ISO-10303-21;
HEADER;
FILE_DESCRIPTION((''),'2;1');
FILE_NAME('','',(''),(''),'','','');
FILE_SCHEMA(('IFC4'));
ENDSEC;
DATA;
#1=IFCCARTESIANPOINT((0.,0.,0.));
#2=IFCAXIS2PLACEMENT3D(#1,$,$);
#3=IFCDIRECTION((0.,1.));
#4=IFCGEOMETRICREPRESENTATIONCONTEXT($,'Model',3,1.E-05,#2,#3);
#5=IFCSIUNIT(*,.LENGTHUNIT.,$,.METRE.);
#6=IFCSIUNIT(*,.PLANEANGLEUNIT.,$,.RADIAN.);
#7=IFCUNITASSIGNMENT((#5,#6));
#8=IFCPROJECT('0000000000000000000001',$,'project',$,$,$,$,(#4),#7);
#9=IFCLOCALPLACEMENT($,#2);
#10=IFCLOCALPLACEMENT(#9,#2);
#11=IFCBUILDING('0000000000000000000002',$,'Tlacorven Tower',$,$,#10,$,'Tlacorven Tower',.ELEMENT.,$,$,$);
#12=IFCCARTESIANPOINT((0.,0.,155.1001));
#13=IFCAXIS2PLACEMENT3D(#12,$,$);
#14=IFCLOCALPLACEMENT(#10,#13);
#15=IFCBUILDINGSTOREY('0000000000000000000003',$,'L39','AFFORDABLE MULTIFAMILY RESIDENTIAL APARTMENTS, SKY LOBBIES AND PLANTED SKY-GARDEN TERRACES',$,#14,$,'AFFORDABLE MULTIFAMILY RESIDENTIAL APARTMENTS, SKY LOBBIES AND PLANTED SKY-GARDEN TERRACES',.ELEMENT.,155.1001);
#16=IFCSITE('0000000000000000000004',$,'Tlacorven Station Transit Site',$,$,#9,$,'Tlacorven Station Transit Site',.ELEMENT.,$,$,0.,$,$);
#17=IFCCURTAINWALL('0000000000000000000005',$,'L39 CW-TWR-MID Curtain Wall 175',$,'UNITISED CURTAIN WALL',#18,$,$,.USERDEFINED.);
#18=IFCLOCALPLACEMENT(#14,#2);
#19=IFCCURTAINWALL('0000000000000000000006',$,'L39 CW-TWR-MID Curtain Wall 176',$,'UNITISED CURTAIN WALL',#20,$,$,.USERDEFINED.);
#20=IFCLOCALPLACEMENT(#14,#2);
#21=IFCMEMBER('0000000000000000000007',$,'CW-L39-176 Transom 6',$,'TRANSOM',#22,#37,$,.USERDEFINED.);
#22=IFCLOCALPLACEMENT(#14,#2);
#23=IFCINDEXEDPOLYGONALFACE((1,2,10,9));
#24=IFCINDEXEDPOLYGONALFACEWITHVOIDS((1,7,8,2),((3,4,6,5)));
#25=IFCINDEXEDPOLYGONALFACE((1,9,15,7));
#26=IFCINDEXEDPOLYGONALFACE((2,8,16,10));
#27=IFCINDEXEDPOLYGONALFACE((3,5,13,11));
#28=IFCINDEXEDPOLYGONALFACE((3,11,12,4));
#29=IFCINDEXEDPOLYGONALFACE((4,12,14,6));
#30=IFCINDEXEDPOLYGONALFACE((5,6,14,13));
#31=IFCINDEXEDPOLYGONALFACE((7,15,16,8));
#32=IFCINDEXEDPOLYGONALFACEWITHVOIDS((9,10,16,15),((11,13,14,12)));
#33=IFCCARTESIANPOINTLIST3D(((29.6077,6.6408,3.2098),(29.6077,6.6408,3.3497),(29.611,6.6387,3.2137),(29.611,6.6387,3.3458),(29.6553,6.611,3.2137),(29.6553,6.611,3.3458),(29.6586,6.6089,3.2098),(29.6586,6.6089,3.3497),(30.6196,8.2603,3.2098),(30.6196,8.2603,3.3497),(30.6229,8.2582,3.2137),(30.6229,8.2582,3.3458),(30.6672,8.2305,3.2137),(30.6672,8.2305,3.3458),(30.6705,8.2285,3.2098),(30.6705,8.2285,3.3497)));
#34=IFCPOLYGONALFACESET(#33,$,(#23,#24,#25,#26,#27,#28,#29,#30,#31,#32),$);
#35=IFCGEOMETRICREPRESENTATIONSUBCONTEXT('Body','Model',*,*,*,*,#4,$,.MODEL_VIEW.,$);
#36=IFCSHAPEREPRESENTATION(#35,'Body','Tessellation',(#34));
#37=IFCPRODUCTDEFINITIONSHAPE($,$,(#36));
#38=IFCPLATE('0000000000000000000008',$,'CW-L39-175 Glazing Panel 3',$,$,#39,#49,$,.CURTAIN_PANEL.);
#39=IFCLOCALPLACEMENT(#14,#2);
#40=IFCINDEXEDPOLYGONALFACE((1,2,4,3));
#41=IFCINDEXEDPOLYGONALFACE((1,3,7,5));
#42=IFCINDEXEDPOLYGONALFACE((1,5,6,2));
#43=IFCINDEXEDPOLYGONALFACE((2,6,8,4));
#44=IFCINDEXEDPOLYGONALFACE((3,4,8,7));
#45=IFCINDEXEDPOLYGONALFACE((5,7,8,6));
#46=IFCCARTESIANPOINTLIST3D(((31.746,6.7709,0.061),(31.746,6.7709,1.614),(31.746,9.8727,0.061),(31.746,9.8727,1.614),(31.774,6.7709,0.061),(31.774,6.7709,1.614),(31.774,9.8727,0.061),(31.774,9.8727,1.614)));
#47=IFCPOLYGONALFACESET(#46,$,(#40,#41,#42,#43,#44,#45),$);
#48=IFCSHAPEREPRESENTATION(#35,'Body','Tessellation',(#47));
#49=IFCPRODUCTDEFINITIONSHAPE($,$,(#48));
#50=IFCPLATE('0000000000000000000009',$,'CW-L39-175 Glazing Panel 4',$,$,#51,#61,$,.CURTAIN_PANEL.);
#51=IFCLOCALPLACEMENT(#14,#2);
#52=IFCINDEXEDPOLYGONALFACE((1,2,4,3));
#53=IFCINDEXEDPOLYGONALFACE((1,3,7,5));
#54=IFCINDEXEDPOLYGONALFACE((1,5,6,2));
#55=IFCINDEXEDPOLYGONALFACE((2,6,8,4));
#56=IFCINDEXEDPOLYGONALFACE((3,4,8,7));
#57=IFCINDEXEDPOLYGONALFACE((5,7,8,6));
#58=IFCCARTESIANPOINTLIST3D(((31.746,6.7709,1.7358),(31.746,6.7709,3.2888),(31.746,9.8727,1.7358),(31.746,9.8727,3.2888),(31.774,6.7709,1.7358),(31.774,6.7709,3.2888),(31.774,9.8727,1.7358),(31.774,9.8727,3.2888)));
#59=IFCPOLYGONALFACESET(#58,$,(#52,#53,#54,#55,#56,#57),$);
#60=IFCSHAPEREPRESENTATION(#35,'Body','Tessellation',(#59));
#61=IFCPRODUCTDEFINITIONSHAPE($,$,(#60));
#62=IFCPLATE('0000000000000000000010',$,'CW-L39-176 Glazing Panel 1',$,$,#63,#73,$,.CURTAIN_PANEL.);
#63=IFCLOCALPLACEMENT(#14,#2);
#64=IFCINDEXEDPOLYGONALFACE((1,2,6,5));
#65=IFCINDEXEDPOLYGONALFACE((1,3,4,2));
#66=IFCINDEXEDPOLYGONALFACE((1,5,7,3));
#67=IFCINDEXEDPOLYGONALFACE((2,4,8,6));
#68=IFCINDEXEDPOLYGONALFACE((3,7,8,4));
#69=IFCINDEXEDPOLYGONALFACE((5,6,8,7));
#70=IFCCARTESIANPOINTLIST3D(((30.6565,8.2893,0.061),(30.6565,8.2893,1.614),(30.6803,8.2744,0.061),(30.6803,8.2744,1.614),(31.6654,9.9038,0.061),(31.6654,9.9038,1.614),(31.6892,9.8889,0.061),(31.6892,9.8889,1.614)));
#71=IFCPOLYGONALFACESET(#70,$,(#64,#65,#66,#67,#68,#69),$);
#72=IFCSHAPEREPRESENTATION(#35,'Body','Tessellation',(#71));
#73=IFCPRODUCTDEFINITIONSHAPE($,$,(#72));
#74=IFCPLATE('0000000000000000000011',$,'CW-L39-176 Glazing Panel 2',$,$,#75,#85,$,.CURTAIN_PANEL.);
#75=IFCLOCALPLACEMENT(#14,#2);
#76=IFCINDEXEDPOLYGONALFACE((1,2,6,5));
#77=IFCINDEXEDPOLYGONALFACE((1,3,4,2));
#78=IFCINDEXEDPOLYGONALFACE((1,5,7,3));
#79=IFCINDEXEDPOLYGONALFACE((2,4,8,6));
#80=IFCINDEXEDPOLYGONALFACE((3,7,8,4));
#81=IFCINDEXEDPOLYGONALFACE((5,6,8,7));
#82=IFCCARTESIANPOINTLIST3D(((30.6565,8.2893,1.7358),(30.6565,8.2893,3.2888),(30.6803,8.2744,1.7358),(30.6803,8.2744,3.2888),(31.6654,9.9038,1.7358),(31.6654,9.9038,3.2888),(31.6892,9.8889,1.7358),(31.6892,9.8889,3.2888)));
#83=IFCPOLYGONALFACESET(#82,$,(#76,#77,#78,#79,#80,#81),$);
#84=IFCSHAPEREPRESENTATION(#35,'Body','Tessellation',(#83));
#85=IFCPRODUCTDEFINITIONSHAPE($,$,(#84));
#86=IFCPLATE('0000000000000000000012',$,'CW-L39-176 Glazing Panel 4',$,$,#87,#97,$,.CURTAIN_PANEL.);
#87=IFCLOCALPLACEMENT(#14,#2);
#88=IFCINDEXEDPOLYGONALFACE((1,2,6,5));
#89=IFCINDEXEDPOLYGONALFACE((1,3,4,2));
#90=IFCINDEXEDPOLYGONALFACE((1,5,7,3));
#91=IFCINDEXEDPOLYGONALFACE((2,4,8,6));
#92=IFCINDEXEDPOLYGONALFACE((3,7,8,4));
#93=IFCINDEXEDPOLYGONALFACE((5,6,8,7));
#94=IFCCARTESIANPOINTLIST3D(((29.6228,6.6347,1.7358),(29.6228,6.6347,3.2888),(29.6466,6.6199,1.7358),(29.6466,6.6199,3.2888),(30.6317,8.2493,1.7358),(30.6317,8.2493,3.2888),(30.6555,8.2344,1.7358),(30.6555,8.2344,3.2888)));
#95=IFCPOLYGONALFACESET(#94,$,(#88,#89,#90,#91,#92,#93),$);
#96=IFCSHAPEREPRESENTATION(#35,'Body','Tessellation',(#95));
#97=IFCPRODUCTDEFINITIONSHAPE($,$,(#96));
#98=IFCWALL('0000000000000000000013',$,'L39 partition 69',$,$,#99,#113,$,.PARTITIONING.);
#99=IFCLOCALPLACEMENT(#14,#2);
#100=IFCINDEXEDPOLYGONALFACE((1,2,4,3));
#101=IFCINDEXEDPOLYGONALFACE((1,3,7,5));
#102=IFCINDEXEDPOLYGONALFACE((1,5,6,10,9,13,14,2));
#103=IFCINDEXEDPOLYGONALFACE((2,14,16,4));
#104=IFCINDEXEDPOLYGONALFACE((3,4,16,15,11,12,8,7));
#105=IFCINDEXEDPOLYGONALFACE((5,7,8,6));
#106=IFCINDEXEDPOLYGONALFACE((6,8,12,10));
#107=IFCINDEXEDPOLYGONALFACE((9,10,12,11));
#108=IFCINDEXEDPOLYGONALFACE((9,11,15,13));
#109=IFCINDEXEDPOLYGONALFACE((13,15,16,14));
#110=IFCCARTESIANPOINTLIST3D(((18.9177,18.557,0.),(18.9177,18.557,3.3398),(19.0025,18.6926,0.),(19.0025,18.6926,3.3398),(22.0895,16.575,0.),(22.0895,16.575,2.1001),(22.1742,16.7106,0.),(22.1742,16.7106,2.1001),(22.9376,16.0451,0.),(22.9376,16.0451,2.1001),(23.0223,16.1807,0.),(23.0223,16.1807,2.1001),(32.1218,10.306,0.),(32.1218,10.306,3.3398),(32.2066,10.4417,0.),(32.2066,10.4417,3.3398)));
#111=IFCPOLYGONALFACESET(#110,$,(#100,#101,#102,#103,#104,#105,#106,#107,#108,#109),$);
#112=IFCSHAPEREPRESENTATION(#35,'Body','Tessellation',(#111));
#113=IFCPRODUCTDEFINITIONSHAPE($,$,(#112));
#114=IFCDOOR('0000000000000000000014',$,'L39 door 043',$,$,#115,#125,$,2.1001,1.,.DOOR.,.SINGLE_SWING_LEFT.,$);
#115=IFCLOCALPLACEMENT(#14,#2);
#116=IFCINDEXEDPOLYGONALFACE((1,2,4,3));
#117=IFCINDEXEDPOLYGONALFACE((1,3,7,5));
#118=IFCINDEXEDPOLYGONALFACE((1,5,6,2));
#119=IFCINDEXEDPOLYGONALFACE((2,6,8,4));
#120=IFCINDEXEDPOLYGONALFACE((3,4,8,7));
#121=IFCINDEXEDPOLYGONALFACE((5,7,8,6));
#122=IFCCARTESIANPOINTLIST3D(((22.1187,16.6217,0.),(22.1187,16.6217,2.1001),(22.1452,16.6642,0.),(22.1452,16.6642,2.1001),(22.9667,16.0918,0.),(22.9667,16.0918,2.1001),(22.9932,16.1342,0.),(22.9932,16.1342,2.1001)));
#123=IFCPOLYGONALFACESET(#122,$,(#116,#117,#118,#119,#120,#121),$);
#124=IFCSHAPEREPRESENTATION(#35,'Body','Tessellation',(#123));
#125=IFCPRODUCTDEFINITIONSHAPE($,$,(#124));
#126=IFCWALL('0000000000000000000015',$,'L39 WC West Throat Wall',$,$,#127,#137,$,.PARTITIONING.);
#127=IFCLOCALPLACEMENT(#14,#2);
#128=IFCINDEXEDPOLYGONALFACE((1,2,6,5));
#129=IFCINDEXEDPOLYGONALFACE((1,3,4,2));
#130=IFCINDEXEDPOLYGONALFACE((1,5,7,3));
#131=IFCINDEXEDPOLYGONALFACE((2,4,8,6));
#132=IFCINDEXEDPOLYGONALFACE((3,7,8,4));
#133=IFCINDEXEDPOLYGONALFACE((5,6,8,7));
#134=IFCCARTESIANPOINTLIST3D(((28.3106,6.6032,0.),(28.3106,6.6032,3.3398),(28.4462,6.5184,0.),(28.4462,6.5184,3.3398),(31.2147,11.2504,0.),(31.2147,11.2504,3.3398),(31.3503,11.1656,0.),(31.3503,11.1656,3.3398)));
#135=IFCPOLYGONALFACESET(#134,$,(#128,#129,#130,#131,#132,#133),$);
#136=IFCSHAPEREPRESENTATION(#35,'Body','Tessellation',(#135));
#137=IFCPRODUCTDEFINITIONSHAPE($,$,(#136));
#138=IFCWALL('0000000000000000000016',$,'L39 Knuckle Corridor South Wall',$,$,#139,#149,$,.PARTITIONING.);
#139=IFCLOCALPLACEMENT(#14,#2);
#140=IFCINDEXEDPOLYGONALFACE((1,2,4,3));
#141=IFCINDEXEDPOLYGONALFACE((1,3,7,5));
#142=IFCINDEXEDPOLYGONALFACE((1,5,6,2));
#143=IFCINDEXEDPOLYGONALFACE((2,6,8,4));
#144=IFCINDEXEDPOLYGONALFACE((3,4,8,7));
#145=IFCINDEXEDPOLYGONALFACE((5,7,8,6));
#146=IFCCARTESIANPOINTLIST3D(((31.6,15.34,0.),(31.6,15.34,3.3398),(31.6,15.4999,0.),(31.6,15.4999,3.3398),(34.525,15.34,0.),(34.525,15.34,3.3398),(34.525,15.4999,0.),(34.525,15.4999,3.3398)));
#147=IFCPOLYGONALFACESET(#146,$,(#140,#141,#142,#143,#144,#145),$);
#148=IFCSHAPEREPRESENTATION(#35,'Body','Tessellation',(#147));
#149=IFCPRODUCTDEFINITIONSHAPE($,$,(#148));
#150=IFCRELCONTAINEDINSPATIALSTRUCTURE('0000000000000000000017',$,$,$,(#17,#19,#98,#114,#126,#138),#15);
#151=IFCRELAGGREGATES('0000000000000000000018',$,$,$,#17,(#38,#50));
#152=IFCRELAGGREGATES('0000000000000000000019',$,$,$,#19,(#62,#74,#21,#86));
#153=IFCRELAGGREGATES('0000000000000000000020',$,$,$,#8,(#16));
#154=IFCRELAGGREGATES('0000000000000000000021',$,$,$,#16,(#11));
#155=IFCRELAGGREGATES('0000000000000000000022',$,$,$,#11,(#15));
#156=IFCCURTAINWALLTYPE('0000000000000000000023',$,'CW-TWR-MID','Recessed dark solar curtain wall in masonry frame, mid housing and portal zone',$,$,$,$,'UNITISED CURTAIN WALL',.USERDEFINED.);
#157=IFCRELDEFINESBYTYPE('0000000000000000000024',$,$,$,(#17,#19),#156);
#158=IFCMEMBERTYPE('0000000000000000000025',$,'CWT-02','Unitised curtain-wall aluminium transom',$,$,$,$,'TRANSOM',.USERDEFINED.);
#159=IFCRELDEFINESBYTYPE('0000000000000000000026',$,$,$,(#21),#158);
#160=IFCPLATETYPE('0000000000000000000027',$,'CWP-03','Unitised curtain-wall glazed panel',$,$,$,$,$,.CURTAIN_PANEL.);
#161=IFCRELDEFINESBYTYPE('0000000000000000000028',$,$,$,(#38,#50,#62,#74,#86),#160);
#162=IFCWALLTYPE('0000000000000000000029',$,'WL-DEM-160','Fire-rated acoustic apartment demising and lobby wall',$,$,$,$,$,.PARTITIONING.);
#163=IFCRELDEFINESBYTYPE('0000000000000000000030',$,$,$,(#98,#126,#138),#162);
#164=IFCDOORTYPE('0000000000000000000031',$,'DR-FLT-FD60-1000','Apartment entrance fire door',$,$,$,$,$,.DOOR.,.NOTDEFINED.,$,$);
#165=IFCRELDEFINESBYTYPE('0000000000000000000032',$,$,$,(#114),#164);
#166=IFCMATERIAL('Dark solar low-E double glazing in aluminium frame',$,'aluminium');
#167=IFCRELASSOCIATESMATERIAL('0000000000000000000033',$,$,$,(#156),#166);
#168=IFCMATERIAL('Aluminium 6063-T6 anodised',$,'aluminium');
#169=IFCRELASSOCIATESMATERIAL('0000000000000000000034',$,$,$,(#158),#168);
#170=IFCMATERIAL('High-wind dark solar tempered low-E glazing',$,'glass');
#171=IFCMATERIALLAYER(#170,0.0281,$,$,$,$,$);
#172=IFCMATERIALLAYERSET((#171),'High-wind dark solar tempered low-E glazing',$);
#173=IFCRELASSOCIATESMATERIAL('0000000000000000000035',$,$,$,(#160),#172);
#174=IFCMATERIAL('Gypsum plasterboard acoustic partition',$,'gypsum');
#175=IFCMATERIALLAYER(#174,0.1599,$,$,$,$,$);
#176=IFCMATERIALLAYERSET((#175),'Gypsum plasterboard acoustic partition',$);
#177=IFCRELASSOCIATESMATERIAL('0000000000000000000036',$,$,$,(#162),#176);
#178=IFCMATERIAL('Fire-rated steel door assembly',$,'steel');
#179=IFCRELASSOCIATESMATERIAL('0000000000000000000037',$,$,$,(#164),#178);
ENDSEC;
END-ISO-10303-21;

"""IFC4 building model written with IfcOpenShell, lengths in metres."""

from ifc_helpers import new_model, si_unit, direction, frame, frame_2d, origin, origin_2d, place, context, subcontext, project, spatial, rectangle, hollow_rectangle, extrude, source, transform, mapped, material, layer, layer_set, material_profile, profile_set, type_object, element, fill, aggregate, save


model = new_model("IFC4")

# Units and contexts
model_context = context("Model", 3, precision=1e-05, world=origin(), true_north=direction((0.0, 1.0)))
body_context = subcontext(model_context, "Body", "Model", "MODEL_VIEW")
ifc_project = project(units=[si_unit("LENGTHUNIT", "METRE"), si_unit("PLANEANGLEUNIT", "RADIAN")], contexts=[model_context])

# Site, building, storey
site_placement = place(None, origin())
site = spatial("IfcSite", under=ifc_project, at=site_placement, Name="Tlacorven Station Transit Site", LongName="Tlacorven Station Transit Site", CompositionType="ELEMENT", RefElevation=0.0)
building_placement = place(site_placement, origin())
building = spatial("IfcBuilding", under=site, at=building_placement, Name="Tlacorven Tower", LongName="Tlacorven Tower", CompositionType="ELEMENT")
storey_placement = place(building_placement, frame((0.0, 0.0, 155.1001)))
storey = spatial("IfcBuildingStorey", under=building, at=storey_placement, Name="L39", Description="AFFORDABLE MULTIFAMILY RESIDENTIAL APARTMENTS, SKY LOBBIES AND PLANTED SKY-GARDEN TERRACES", LongName="AFFORDABLE MULTIFAMILY RESIDENTIAL APARTMENTS, SKY LOBBIES AND PLANTED SKY-GARDEN TERRACES", CompositionType="ELEMENT", Elevation=155.1001)

# Curtain wall
ifc_material_1 = material(Name="Dark solar low-E double glazing in aluminium frame", Category="aluminium")
curtain_wall_type = type_object("IfcCurtainWallType", Name="CW-TWR-MID", Description="Recessed dark solar curtain wall in masonry frame, mid housing and portal zone", ElementType="UNITISED CURTAIN WALL", PredefinedType="USERDEFINED", material=ifc_material_1)
curtain_wall_1_placement = place(storey_placement, origin())
curtain_wall_1 = element("IfcCurtainWall", 1, at=curtain_wall_1_placement, inside=storey, type_object=curtain_wall_type, Name="L39 CW-TWR-MID Curtain Wall 175", ObjectType="UNITISED CURTAIN WALL", PredefinedType="USERDEFINED")
ifc_material_2 = material(Name="Aluminium 6063-T6 anodised", Category="aluminium")

# Curtain wall, member
curtain_wall_2_placement = place(storey_placement, origin())
curtain_wall_2 = element("IfcCurtainWall", 2, at=curtain_wall_2_placement, inside=storey, type_object=curtain_wall_type, Name="L39 CW-TWR-MID Curtain Wall 176", ObjectType="UNITISED CURTAIN WALL", PredefinedType="USERDEFINED")
ifc_material_profile_1 = material_profile(ifc_material_2, hollow_rectangle(XDim=0.0601, YDim=0.1399, WallThickness=0.0039, at=origin_2d()), Name="ALU TRANSOM 60X140")
ifc_profile_set_1 = profile_set([ifc_material_profile_1], Name="Aluminium 6063-T6 anodised")
member_type_1 = type_object("IfcMemberType", Name="CWT-02", Description="Unitised curtain-wall aluminium transom", ElementType="TRANSOM", PredefinedType="USERDEFINED", material=ifc_profile_set_1)
shared_shape_1 = source(origin(), body_context, "Body", "SweptSolid", [
    extrude(hollow_rectangle(XDim=0.0601, YDim=0.1399, WallThickness=0.0039, at=origin_2d()), origin(), (0.0, 0.0, 1.0), 1.9097),
])
member_1_placement = place(storey_placement, frame((30.645, 8.2444, 3.2798), z_axis=(-0.529884, -0.84807, 0.0), x_axis=(0.84807, -0.529884, 0.0)))
member_1 = element("IfcMember", 3, at=member_1_placement, type_object=member_type_1, Name="CW-L39-176 Transom 6", ObjectType="TRANSOM", PredefinedType="USERDEFINED", context=body_context, shape_type="MappedRepresentation", body=[
    mapped(shared_shape_1, transform((0.0, 0.0, 0.0), scale=1.0)),
])

# Plates
ifc_material_3 = material(Name="High-wind dark solar tempered low-E glazing", Category="glass")
ifc_layer_1 = layer(ifc_material_3, 0.0281)
ifc_layer_set_1 = layer_set([ifc_layer_1], Name="High-wind dark solar tempered low-E glazing")
plate_type = type_object("IfcPlateType", Name="CWP-03", Description="Unitised curtain-wall glazed panel", PredefinedType="CURTAIN_PANEL", material=ifc_layer_set_1)
shared_shape_2 = source(origin(), body_context, "Body", "SweptSolid", [
    extrude(rectangle(XDim=3.1018, YDim=0.0281, at=origin_2d()), origin(), (0.0, 0.0, 1.0), 1.553),
])
plate_1_placement = place(storey_placement, frame((31.76, 8.3218, 0.061), z_axis=(0.0, 0.0, 1.0), x_axis=(0.0, 1.0, 0.0)))
plate_1 = element("IfcPlate", 4, at=plate_1_placement, type_object=plate_type, Name="CW-L39-175 Glazing Panel 3", PredefinedType="CURTAIN_PANEL", context=body_context, shape_type="MappedRepresentation", body=[
    mapped(shared_shape_2, transform((0.0, 0.0, 0.0), scale=1.0)),
])
plate_2_placement = place(storey_placement, frame((31.76, 8.3218, 1.7358), z_axis=(0.0, 0.0, 1.0), x_axis=(0.0, 1.0, 0.0)))
plate_2 = element("IfcPlate", 5, at=plate_2_placement, type_object=plate_type, Name="CW-L39-175 Glazing Panel 4", PredefinedType="CURTAIN_PANEL", context=body_context, shape_type="MappedRepresentation", body=[
    mapped(shared_shape_2, transform((0.0, 0.0, 0.0), scale=1.0)),
])
aggregate(curtain_wall_1, [plate_1, plate_2])
shared_shape_3 = source(origin(), body_context, "Body", "SweptSolid", [
    extrude(rectangle(XDim=1.9038, YDim=0.0281, at=origin_2d()), origin(), (0.0, 0.0, 1.0), 1.553),
])
plate_3_placement = place(storey_placement, frame((31.1729, 9.0891, 0.061), z_axis=(0.0, 0.0, 1.0), x_axis=(-0.529919, -0.848048, 0.0)))
plate_3 = element("IfcPlate", 6, at=plate_3_placement, type_object=plate_type, Name="CW-L39-176 Glazing Panel 1", PredefinedType="CURTAIN_PANEL", context=body_context, shape_type="MappedRepresentation", body=[
    mapped(shared_shape_3, transform((0.0, 0.0, 0.0), scale=1.0)),
])
plate_4_placement = place(storey_placement, frame((31.1729, 9.0891, 1.7358), z_axis=(0.0, 0.0, 1.0), x_axis=(-0.529919, -0.848048, 0.0)))
plate_4 = element("IfcPlate", 7, at=plate_4_placement, type_object=plate_type, Name="CW-L39-176 Glazing Panel 2", PredefinedType="CURTAIN_PANEL", context=body_context, shape_type="MappedRepresentation", body=[
    mapped(shared_shape_3, transform((0.0, 0.0, 0.0), scale=1.0)),
])
plate_5_placement = place(storey_placement, frame((30.1392, 7.4346, 1.7358), z_axis=(0.0, 0.0, 1.0), x_axis=(-0.529919, -0.848048, 0.0)))
plate_5 = element("IfcPlate", 8, at=plate_5_placement, type_object=plate_type, Name="CW-L39-176 Glazing Panel 4", PredefinedType="CURTAIN_PANEL", context=body_context, shape_type="MappedRepresentation", body=[
    mapped(shared_shape_3, transform((0.0, 0.0, 0.0), scale=1.0)),
])
aggregate(curtain_wall_2, [plate_3, plate_4, member_1, plate_5])

# Wall, opening, door
ifc_material_4 = material(Name="Gypsum plasterboard acoustic partition", Category="gypsum")
ifc_layer_2 = layer(ifc_material_4, 0.1599)
ifc_layer_set_2 = layer_set([ifc_layer_2], Name="Gypsum plasterboard acoustic partition")
wall_type_1 = type_object("IfcWallType", Name="WL-DEM-160", Description="Fire-rated acoustic apartment demising and lobby wall", PredefinedType="PARTITIONING", material=ifc_layer_set_2)
wall_1_placement = place(storey_placement, frame((32.1643, 10.3738, 0.0), z_axis=(0.0, 0.0, 1.0), x_axis=(-0.848044, 0.529926, 0.0)))
wall_1 = element("IfcWall", 9, at=wall_1_placement, inside=storey, type_object=wall_type_1, Name="L39 partition 69", PredefinedType="PARTITIONING", context=body_context, shape_type="SweptSolid", body=[
    extrude(rectangle(XDim=15.5701, YDim=0.1599, at=frame_2d((7.7852, 0.0))), origin(), (0.0, 0.0, 1.0), 3.3398),
])
opening_1_placement = place(wall_1_placement, frame((10.8301, 0.0, 0.0)))
opening_1 = element("IfcOpeningElement", 10, at=opening_1_placement, cuts=wall_1, PredefinedType="OPENING", context=body_context, shape_type="SweptSolid", body=[
    extrude(rectangle(XDim=1.0, YDim=2.1001, at=frame_2d((0.5, 1.05))), frame((0.0, 0.0898, 0.0), z_axis=(0.0, -1.0, 0.0), x_axis=(1.0, 0.0, 0.0)), (0.0, 0.0, 1.0), 0.1799),
])
ifc_material_5 = material(Name="Fire-rated steel door assembly", Category="steel")
door_type_1 = type_object("IfcDoorType", Name="DR-FLT-FD60-1000", Description="Apartment entrance fire door", OperationType="NOTDEFINED", PredefinedType="DOOR", material=ifc_material_5)
shared_shape_4 = source(origin(), body_context, "Body", "SweptSolid", [
    extrude(rectangle(XDim=1.0, YDim=2.1001, at=frame_2d((0.5, 1.05))), frame((0.0, 0.0249, 0.0), z_axis=(0.0, -1.0, 0.0), x_axis=(1.0, 0.0, 0.0)), (0.0, 0.0, 1.0), 0.05),
])
door_1_placement = place(opening_1_placement, origin())
door_1 = element("IfcDoor", 11, at=door_1_placement, inside=storey, type_object=door_type_1, Name="L39 door 043", OperationType="SINGLE_SWING_LEFT", OverallHeight=2.1001, OverallWidth=1.0, PredefinedType="DOOR", context=body_context, shape_type="MappedRepresentation", body=[
    mapped(shared_shape_4, transform((0.0, 0.0, 0.0), scale=1.0)),
])
fill(opening_1, door_1)

# Walls
wall_2_placement = place(storey_placement, frame((31.2825, 11.208, 0.0), z_axis=(0.0, 0.0, 1.0), x_axis=(-0.529939, -0.848036, 0.0)))
element("IfcWall", 12, at=wall_2_placement, inside=storey, type_object=wall_type_1, Name="L39 WC West Throat Wall", PredefinedType="PARTITIONING", context=body_context, shape_type="SweptSolid", body=[
    extrude(rectangle(XDim=5.48, YDim=0.1599, at=frame_2d((2.74, 0.0))), origin(), (0.0, 0.0, 1.0), 3.3398),
])
wall_3_placement = place(storey_placement, frame((31.6001, 15.4199, 0.0), z_axis=(0.0, 0.0, 1.0), x_axis=(1.0, 0.0, 0.0)))
element("IfcWall", 13, at=wall_3_placement, inside=storey, type_object=wall_type_1, Name="L39 Knuckle Corridor South Wall", PredefinedType="PARTITIONING", context=body_context, shape_type="SweptSolid", body=[
    extrude(rectangle(XDim=2.925, YDim=0.1599, at=frame_2d((1.4624, 0.0))), origin(), (0.0, 0.0, 1.0), 3.3398),
])

save(model, "model.ifc")
